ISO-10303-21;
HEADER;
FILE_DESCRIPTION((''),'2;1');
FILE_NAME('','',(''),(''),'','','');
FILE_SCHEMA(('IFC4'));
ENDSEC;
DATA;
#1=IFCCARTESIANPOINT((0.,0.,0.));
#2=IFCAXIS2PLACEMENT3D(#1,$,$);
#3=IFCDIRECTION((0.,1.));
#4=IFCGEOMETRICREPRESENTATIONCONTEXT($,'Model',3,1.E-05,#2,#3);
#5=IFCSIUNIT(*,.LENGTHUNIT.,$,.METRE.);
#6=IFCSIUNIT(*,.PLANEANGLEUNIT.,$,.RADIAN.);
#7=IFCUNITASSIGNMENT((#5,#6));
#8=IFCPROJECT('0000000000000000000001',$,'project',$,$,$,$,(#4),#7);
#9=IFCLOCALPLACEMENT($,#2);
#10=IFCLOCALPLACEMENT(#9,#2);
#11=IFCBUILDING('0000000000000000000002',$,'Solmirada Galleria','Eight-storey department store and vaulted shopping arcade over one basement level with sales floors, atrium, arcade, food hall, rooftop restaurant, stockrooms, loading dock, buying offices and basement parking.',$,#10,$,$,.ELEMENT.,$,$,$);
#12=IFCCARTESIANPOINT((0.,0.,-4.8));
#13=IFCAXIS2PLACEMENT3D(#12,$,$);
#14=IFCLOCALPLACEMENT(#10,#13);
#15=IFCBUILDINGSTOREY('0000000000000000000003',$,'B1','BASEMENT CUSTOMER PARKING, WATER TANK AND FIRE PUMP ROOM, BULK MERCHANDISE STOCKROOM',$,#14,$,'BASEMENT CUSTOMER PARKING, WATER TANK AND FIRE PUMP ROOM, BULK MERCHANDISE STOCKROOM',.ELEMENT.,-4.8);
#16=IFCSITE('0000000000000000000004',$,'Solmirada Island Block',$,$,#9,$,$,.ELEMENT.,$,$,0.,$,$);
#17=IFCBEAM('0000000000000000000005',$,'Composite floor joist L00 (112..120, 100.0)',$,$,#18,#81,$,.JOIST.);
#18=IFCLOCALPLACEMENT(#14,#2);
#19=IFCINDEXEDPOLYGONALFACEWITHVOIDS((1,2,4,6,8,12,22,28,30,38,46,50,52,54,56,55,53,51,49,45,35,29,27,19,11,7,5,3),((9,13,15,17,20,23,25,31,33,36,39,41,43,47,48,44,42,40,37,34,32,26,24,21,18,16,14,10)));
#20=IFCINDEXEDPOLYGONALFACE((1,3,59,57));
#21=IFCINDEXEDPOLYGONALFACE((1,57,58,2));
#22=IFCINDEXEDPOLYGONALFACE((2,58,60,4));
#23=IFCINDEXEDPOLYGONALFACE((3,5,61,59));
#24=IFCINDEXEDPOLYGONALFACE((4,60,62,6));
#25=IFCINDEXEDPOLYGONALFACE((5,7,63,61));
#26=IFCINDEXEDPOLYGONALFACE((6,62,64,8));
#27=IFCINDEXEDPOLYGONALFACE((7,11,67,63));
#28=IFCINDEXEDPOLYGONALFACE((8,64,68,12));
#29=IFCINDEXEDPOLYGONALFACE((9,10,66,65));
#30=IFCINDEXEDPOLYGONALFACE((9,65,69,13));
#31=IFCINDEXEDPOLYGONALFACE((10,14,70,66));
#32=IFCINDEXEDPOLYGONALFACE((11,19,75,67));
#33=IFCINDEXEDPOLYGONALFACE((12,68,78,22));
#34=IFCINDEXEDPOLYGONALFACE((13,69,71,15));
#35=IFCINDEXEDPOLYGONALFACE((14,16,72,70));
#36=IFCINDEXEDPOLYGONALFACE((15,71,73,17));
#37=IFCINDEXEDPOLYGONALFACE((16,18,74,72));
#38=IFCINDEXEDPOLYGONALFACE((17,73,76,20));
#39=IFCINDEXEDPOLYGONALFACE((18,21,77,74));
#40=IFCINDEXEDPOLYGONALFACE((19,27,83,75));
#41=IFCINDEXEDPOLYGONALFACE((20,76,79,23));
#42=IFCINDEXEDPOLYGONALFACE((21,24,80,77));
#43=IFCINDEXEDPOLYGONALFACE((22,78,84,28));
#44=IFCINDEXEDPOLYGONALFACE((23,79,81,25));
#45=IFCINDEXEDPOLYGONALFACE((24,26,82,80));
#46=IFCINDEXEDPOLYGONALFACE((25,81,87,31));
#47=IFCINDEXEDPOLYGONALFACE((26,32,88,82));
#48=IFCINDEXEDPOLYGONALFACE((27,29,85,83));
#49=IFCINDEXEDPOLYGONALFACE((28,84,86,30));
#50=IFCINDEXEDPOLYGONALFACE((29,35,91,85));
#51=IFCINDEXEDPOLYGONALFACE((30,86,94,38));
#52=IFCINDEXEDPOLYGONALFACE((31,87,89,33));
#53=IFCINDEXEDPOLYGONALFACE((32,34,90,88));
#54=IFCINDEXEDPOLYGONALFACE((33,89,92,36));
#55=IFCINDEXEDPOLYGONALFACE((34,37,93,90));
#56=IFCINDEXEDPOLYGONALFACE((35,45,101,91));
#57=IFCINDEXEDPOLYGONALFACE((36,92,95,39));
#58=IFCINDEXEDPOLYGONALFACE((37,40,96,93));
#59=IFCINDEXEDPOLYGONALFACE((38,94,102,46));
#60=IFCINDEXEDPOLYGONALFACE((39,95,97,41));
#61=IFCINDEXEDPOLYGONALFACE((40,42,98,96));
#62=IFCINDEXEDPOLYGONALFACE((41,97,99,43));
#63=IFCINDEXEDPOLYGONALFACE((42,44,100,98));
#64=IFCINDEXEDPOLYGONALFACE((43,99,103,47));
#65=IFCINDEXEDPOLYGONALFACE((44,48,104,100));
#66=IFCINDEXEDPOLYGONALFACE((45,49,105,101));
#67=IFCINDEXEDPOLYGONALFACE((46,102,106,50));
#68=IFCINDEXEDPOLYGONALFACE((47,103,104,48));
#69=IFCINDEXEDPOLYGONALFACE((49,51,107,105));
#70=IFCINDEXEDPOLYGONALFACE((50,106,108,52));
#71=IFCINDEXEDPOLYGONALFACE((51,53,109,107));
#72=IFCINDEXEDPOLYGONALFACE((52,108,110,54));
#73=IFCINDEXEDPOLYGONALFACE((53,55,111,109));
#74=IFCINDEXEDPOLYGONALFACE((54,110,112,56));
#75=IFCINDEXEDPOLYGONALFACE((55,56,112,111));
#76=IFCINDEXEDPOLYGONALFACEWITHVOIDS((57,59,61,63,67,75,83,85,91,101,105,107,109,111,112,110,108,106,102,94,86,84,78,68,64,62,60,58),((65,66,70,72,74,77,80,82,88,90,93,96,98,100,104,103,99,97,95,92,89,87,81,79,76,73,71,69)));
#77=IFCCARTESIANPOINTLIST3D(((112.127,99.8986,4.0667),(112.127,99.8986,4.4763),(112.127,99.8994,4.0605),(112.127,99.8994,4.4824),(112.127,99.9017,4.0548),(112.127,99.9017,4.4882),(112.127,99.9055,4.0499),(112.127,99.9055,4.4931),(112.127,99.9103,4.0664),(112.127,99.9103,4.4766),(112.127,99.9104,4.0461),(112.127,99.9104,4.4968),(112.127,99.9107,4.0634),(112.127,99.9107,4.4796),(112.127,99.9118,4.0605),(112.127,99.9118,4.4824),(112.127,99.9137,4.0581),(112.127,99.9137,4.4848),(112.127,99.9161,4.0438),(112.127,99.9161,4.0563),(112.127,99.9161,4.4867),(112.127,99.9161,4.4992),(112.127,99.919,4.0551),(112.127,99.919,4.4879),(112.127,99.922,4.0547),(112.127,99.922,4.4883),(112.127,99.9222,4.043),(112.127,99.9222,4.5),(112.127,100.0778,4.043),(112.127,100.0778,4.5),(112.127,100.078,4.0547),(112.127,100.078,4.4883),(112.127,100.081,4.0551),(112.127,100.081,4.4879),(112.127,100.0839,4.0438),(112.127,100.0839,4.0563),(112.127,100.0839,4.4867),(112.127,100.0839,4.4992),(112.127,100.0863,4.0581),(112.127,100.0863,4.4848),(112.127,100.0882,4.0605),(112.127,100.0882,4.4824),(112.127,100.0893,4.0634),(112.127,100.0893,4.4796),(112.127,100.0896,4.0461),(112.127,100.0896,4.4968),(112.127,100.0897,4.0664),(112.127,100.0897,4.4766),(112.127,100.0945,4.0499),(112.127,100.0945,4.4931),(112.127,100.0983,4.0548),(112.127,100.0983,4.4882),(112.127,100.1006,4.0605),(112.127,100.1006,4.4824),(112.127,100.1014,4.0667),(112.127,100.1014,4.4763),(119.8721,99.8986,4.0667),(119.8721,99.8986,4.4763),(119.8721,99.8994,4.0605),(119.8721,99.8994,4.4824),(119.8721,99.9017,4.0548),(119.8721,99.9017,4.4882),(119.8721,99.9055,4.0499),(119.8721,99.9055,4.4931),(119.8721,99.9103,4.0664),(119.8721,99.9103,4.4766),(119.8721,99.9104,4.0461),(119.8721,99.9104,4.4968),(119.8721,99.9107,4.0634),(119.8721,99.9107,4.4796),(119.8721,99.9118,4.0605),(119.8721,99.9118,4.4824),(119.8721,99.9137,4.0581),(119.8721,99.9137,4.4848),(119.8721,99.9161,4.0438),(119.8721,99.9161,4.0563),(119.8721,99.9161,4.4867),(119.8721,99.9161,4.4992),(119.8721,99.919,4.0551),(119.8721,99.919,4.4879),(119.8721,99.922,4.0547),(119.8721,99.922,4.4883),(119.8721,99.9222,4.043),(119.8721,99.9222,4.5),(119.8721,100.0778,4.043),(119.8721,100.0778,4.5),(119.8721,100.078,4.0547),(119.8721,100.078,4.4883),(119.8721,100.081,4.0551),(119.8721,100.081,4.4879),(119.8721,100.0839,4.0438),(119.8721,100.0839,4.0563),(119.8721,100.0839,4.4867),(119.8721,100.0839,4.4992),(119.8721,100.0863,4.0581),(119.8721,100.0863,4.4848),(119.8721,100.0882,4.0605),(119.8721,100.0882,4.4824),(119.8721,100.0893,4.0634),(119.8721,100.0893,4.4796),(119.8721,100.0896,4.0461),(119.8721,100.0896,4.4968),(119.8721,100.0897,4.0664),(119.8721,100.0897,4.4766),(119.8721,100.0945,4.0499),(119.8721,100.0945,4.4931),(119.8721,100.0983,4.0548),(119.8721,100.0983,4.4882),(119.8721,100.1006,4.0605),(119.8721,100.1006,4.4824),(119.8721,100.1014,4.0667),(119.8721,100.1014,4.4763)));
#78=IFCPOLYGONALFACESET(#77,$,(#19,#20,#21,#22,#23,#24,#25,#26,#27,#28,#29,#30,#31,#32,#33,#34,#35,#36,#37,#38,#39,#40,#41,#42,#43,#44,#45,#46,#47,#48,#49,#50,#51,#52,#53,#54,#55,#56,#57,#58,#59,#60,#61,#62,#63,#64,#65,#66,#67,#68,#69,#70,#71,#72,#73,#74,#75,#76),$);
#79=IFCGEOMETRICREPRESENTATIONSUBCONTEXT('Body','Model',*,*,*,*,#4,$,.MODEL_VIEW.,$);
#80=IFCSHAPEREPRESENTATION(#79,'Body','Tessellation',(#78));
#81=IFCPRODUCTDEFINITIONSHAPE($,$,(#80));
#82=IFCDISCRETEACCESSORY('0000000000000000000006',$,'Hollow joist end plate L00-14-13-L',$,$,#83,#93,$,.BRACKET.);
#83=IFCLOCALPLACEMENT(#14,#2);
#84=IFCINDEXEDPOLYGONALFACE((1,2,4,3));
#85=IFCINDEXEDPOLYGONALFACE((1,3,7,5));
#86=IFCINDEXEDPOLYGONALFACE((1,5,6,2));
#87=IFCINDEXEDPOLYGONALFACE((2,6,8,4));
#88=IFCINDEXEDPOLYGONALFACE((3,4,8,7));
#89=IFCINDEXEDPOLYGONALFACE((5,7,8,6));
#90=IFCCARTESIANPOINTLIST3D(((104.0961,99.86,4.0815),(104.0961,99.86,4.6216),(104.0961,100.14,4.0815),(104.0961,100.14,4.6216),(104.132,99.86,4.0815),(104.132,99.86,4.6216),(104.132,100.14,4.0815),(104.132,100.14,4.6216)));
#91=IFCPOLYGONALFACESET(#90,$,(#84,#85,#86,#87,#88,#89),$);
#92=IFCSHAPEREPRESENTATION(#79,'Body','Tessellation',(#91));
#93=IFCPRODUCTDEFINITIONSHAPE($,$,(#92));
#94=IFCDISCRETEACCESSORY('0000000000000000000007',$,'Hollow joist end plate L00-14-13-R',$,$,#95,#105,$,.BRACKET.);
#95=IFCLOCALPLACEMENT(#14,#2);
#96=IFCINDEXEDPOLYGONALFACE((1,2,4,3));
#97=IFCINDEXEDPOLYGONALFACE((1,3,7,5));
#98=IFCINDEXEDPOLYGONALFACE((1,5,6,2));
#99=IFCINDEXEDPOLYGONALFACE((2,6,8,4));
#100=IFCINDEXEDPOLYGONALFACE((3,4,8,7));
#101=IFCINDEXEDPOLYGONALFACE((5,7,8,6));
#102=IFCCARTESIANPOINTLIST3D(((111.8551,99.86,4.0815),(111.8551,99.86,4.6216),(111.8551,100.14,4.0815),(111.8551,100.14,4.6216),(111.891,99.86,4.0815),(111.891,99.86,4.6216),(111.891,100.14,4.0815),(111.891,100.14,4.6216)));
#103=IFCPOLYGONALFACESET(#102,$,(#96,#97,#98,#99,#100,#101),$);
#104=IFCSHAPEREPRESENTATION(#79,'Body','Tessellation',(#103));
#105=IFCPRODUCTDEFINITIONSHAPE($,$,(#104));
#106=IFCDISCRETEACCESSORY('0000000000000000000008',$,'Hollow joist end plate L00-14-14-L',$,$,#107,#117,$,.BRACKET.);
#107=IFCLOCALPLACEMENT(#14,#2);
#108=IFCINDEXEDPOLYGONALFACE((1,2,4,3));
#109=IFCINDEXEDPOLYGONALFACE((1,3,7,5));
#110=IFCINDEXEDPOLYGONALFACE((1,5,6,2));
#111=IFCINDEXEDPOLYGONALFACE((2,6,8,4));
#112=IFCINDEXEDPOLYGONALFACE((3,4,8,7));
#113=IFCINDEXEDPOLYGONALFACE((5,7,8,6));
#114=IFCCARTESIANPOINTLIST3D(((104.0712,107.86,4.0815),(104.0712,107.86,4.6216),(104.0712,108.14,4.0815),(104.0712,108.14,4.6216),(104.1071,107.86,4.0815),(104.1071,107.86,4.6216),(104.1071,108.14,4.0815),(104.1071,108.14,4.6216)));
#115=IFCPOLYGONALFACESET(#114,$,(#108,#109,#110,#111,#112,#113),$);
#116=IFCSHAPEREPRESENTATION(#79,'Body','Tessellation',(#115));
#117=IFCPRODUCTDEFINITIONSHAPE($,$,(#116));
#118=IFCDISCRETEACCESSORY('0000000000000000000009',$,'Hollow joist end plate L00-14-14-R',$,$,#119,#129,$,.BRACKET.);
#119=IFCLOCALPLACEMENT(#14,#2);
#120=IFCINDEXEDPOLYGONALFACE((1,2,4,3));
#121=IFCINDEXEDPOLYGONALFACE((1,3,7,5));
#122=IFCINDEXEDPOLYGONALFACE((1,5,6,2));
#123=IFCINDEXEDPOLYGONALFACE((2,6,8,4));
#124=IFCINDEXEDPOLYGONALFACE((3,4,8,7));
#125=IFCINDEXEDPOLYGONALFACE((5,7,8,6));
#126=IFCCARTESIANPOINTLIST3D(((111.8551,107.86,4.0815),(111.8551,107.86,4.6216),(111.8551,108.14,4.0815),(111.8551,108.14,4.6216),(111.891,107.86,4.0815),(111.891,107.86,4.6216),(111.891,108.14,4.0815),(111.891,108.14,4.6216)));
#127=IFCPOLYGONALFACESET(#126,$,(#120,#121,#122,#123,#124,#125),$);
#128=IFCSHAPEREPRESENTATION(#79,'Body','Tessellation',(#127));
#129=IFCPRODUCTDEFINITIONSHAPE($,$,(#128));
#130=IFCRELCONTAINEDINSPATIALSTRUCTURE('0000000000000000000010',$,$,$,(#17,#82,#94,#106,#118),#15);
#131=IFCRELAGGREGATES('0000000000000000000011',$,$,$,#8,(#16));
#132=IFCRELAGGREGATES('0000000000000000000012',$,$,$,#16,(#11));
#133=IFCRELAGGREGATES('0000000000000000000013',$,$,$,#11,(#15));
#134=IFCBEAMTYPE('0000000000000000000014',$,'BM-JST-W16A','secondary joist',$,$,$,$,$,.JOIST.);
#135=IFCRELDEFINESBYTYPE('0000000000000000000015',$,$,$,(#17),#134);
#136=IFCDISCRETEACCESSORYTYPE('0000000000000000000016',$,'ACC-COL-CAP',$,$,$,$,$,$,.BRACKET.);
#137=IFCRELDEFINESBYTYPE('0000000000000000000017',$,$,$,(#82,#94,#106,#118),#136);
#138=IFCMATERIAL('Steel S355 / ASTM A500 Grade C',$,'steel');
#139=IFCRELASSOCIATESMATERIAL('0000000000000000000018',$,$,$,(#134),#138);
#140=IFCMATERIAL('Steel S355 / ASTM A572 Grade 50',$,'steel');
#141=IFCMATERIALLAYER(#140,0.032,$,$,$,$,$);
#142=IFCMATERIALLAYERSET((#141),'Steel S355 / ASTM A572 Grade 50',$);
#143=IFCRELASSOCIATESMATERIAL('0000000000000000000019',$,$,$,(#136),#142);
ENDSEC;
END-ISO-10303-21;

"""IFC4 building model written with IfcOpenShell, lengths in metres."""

from ifc_helpers import new_model, si_unit, direction, frame, origin, origin_2d, place, context, subcontext, project, spatial, rectangle, hollow_rectangle, extrude, material, layer, layer_set, material_profile, profile_set, type_object, element, save


model = new_model("IFC4")

# Units and contexts
model_context = context("Model", 3, precision=1e-05, world=origin(), true_north=direction((0.0, 1.0)))
body_context = subcontext(model_context, "Body", "Model", "MODEL_VIEW")
ifc_project = project(units=[si_unit("LENGTHUNIT", "METRE"), si_unit("PLANEANGLEUNIT", "RADIAN")], contexts=[model_context])

# Site, building, storey
site_placement = place(None, origin())
site = spatial("IfcSite", under=ifc_project, at=site_placement, Name="Solmirada Island Block", CompositionType="ELEMENT", RefElevation=0.0)
building_placement = place(site_placement, origin())
building = spatial("IfcBuilding", under=site, at=building_placement, Name="Solmirada Galleria", Description="Eight-storey department store and vaulted shopping arcade over one basement level with sales floors, atrium, arcade, food hall, rooftop restaurant, stockrooms, loading dock, buying offices and basement parking.", CompositionType="ELEMENT")
storey_placement = place(building_placement, frame((0.0, 0.0, -4.8)))
storey = spatial("IfcBuildingStorey", under=building, at=storey_placement, Name="B1", Description="BASEMENT CUSTOMER PARKING, WATER TANK AND FIRE PUMP ROOM, BULK MERCHANDISE STOCKROOM", LongName="BASEMENT CUSTOMER PARKING, WATER TANK AND FIRE PUMP ROOM, BULK MERCHANDISE STOCKROOM", CompositionType="ELEMENT", Elevation=-4.8)

# Beam
ifc_material_1 = material(Name="Steel S355 / ASTM A500 Grade C", Category="steel")
ifc_material_profile_1 = material_profile(ifc_material_1, hollow_rectangle(XDim=0.2029, YDim=0.457, WallThickness=0.0117, InnerFilletRadius=0.0117, OuterFilletRadius=0.0237, at=origin_2d()), Name="HSS18X8X1/2")
ifc_profile_set_1 = profile_set([ifc_material_profile_1], Name="Steel S355 / ASTM A500 Grade C")
beam_type_1 = type_object("IfcBeamType", Name="BM-JST-W16A", Description="secondary joist", PredefinedType="JOIST", material=ifc_profile_set_1)
beam_1_placement = place(storey_placement, frame((112.127, 100.0, 4.2715), z_axis=(1.0, 0.0, 0.0), x_axis=(0.0, 1.0, 0.0)))
element("IfcBeam", 1, at=beam_1_placement, inside=storey, type_object=beam_type_1, Name="Composite floor joist L00 (112..120, 100.0)", PredefinedType="JOIST", context=body_context, shape_type="SweptSolid", body=[
    extrude(hollow_rectangle(XDim=0.2029, YDim=0.457, WallThickness=0.0117, InnerFilletRadius=0.0117, OuterFilletRadius=0.0237, at=origin_2d()), origin(), (0.0, 0.0, 1.0), 7.7451),
])

# Discrete accessories
ifc_material_2 = material(Name="Steel S355 / ASTM A572 Grade 50", Category="steel")
ifc_layer = layer(ifc_material_2, 0.032)
ifc_layer_set = layer_set([ifc_layer], Name="Steel S355 / ASTM A572 Grade 50")
discrete_accessory_type = type_object("IfcDiscreteAccessoryType", Name="ACC-COL-CAP", PredefinedType="BRACKET", material=ifc_layer_set)
for number, where, z_axis, x_axis, name in (
    (2, (104.114, 100.0, 4.0815), (0.0, 0.0, 1.0), (1.0, 0.0, 0.0), "Hollow joist end plate L00-14-13-L"),
    (3, (111.873, 100.0, 4.0815), (0.0, 0.0, 1.0), (1.0, 0.0, 0.0), "Hollow joist end plate L00-14-13-R"),
    (4, (104.0891, 108.0, 4.0815), (0.0, 0.0, 1.0), (1.0, 0.0, 0.0), "Hollow joist end plate L00-14-14-L"),
    (5, (111.873, 108.0, 4.0815), (0.0, 0.0, 1.0), (1.0, 0.0, 0.0), "Hollow joist end plate L00-14-14-R"),
):
    element("IfcDiscreteAccessory", number, at=place(storey_placement, frame(where, z_axis=z_axis, x_axis=x_axis)), inside=storey, type_object=discrete_accessory_type, Name=name, PredefinedType="BRACKET", context=body_context, shape_type="SweptSolid", body=[
        extrude(rectangle(XDim=0.0359, YDim=0.28, at=origin_2d()), origin(), (0.0, 0.0, 1.0), 0.54),
    ])

save(model, "model.ifc")
